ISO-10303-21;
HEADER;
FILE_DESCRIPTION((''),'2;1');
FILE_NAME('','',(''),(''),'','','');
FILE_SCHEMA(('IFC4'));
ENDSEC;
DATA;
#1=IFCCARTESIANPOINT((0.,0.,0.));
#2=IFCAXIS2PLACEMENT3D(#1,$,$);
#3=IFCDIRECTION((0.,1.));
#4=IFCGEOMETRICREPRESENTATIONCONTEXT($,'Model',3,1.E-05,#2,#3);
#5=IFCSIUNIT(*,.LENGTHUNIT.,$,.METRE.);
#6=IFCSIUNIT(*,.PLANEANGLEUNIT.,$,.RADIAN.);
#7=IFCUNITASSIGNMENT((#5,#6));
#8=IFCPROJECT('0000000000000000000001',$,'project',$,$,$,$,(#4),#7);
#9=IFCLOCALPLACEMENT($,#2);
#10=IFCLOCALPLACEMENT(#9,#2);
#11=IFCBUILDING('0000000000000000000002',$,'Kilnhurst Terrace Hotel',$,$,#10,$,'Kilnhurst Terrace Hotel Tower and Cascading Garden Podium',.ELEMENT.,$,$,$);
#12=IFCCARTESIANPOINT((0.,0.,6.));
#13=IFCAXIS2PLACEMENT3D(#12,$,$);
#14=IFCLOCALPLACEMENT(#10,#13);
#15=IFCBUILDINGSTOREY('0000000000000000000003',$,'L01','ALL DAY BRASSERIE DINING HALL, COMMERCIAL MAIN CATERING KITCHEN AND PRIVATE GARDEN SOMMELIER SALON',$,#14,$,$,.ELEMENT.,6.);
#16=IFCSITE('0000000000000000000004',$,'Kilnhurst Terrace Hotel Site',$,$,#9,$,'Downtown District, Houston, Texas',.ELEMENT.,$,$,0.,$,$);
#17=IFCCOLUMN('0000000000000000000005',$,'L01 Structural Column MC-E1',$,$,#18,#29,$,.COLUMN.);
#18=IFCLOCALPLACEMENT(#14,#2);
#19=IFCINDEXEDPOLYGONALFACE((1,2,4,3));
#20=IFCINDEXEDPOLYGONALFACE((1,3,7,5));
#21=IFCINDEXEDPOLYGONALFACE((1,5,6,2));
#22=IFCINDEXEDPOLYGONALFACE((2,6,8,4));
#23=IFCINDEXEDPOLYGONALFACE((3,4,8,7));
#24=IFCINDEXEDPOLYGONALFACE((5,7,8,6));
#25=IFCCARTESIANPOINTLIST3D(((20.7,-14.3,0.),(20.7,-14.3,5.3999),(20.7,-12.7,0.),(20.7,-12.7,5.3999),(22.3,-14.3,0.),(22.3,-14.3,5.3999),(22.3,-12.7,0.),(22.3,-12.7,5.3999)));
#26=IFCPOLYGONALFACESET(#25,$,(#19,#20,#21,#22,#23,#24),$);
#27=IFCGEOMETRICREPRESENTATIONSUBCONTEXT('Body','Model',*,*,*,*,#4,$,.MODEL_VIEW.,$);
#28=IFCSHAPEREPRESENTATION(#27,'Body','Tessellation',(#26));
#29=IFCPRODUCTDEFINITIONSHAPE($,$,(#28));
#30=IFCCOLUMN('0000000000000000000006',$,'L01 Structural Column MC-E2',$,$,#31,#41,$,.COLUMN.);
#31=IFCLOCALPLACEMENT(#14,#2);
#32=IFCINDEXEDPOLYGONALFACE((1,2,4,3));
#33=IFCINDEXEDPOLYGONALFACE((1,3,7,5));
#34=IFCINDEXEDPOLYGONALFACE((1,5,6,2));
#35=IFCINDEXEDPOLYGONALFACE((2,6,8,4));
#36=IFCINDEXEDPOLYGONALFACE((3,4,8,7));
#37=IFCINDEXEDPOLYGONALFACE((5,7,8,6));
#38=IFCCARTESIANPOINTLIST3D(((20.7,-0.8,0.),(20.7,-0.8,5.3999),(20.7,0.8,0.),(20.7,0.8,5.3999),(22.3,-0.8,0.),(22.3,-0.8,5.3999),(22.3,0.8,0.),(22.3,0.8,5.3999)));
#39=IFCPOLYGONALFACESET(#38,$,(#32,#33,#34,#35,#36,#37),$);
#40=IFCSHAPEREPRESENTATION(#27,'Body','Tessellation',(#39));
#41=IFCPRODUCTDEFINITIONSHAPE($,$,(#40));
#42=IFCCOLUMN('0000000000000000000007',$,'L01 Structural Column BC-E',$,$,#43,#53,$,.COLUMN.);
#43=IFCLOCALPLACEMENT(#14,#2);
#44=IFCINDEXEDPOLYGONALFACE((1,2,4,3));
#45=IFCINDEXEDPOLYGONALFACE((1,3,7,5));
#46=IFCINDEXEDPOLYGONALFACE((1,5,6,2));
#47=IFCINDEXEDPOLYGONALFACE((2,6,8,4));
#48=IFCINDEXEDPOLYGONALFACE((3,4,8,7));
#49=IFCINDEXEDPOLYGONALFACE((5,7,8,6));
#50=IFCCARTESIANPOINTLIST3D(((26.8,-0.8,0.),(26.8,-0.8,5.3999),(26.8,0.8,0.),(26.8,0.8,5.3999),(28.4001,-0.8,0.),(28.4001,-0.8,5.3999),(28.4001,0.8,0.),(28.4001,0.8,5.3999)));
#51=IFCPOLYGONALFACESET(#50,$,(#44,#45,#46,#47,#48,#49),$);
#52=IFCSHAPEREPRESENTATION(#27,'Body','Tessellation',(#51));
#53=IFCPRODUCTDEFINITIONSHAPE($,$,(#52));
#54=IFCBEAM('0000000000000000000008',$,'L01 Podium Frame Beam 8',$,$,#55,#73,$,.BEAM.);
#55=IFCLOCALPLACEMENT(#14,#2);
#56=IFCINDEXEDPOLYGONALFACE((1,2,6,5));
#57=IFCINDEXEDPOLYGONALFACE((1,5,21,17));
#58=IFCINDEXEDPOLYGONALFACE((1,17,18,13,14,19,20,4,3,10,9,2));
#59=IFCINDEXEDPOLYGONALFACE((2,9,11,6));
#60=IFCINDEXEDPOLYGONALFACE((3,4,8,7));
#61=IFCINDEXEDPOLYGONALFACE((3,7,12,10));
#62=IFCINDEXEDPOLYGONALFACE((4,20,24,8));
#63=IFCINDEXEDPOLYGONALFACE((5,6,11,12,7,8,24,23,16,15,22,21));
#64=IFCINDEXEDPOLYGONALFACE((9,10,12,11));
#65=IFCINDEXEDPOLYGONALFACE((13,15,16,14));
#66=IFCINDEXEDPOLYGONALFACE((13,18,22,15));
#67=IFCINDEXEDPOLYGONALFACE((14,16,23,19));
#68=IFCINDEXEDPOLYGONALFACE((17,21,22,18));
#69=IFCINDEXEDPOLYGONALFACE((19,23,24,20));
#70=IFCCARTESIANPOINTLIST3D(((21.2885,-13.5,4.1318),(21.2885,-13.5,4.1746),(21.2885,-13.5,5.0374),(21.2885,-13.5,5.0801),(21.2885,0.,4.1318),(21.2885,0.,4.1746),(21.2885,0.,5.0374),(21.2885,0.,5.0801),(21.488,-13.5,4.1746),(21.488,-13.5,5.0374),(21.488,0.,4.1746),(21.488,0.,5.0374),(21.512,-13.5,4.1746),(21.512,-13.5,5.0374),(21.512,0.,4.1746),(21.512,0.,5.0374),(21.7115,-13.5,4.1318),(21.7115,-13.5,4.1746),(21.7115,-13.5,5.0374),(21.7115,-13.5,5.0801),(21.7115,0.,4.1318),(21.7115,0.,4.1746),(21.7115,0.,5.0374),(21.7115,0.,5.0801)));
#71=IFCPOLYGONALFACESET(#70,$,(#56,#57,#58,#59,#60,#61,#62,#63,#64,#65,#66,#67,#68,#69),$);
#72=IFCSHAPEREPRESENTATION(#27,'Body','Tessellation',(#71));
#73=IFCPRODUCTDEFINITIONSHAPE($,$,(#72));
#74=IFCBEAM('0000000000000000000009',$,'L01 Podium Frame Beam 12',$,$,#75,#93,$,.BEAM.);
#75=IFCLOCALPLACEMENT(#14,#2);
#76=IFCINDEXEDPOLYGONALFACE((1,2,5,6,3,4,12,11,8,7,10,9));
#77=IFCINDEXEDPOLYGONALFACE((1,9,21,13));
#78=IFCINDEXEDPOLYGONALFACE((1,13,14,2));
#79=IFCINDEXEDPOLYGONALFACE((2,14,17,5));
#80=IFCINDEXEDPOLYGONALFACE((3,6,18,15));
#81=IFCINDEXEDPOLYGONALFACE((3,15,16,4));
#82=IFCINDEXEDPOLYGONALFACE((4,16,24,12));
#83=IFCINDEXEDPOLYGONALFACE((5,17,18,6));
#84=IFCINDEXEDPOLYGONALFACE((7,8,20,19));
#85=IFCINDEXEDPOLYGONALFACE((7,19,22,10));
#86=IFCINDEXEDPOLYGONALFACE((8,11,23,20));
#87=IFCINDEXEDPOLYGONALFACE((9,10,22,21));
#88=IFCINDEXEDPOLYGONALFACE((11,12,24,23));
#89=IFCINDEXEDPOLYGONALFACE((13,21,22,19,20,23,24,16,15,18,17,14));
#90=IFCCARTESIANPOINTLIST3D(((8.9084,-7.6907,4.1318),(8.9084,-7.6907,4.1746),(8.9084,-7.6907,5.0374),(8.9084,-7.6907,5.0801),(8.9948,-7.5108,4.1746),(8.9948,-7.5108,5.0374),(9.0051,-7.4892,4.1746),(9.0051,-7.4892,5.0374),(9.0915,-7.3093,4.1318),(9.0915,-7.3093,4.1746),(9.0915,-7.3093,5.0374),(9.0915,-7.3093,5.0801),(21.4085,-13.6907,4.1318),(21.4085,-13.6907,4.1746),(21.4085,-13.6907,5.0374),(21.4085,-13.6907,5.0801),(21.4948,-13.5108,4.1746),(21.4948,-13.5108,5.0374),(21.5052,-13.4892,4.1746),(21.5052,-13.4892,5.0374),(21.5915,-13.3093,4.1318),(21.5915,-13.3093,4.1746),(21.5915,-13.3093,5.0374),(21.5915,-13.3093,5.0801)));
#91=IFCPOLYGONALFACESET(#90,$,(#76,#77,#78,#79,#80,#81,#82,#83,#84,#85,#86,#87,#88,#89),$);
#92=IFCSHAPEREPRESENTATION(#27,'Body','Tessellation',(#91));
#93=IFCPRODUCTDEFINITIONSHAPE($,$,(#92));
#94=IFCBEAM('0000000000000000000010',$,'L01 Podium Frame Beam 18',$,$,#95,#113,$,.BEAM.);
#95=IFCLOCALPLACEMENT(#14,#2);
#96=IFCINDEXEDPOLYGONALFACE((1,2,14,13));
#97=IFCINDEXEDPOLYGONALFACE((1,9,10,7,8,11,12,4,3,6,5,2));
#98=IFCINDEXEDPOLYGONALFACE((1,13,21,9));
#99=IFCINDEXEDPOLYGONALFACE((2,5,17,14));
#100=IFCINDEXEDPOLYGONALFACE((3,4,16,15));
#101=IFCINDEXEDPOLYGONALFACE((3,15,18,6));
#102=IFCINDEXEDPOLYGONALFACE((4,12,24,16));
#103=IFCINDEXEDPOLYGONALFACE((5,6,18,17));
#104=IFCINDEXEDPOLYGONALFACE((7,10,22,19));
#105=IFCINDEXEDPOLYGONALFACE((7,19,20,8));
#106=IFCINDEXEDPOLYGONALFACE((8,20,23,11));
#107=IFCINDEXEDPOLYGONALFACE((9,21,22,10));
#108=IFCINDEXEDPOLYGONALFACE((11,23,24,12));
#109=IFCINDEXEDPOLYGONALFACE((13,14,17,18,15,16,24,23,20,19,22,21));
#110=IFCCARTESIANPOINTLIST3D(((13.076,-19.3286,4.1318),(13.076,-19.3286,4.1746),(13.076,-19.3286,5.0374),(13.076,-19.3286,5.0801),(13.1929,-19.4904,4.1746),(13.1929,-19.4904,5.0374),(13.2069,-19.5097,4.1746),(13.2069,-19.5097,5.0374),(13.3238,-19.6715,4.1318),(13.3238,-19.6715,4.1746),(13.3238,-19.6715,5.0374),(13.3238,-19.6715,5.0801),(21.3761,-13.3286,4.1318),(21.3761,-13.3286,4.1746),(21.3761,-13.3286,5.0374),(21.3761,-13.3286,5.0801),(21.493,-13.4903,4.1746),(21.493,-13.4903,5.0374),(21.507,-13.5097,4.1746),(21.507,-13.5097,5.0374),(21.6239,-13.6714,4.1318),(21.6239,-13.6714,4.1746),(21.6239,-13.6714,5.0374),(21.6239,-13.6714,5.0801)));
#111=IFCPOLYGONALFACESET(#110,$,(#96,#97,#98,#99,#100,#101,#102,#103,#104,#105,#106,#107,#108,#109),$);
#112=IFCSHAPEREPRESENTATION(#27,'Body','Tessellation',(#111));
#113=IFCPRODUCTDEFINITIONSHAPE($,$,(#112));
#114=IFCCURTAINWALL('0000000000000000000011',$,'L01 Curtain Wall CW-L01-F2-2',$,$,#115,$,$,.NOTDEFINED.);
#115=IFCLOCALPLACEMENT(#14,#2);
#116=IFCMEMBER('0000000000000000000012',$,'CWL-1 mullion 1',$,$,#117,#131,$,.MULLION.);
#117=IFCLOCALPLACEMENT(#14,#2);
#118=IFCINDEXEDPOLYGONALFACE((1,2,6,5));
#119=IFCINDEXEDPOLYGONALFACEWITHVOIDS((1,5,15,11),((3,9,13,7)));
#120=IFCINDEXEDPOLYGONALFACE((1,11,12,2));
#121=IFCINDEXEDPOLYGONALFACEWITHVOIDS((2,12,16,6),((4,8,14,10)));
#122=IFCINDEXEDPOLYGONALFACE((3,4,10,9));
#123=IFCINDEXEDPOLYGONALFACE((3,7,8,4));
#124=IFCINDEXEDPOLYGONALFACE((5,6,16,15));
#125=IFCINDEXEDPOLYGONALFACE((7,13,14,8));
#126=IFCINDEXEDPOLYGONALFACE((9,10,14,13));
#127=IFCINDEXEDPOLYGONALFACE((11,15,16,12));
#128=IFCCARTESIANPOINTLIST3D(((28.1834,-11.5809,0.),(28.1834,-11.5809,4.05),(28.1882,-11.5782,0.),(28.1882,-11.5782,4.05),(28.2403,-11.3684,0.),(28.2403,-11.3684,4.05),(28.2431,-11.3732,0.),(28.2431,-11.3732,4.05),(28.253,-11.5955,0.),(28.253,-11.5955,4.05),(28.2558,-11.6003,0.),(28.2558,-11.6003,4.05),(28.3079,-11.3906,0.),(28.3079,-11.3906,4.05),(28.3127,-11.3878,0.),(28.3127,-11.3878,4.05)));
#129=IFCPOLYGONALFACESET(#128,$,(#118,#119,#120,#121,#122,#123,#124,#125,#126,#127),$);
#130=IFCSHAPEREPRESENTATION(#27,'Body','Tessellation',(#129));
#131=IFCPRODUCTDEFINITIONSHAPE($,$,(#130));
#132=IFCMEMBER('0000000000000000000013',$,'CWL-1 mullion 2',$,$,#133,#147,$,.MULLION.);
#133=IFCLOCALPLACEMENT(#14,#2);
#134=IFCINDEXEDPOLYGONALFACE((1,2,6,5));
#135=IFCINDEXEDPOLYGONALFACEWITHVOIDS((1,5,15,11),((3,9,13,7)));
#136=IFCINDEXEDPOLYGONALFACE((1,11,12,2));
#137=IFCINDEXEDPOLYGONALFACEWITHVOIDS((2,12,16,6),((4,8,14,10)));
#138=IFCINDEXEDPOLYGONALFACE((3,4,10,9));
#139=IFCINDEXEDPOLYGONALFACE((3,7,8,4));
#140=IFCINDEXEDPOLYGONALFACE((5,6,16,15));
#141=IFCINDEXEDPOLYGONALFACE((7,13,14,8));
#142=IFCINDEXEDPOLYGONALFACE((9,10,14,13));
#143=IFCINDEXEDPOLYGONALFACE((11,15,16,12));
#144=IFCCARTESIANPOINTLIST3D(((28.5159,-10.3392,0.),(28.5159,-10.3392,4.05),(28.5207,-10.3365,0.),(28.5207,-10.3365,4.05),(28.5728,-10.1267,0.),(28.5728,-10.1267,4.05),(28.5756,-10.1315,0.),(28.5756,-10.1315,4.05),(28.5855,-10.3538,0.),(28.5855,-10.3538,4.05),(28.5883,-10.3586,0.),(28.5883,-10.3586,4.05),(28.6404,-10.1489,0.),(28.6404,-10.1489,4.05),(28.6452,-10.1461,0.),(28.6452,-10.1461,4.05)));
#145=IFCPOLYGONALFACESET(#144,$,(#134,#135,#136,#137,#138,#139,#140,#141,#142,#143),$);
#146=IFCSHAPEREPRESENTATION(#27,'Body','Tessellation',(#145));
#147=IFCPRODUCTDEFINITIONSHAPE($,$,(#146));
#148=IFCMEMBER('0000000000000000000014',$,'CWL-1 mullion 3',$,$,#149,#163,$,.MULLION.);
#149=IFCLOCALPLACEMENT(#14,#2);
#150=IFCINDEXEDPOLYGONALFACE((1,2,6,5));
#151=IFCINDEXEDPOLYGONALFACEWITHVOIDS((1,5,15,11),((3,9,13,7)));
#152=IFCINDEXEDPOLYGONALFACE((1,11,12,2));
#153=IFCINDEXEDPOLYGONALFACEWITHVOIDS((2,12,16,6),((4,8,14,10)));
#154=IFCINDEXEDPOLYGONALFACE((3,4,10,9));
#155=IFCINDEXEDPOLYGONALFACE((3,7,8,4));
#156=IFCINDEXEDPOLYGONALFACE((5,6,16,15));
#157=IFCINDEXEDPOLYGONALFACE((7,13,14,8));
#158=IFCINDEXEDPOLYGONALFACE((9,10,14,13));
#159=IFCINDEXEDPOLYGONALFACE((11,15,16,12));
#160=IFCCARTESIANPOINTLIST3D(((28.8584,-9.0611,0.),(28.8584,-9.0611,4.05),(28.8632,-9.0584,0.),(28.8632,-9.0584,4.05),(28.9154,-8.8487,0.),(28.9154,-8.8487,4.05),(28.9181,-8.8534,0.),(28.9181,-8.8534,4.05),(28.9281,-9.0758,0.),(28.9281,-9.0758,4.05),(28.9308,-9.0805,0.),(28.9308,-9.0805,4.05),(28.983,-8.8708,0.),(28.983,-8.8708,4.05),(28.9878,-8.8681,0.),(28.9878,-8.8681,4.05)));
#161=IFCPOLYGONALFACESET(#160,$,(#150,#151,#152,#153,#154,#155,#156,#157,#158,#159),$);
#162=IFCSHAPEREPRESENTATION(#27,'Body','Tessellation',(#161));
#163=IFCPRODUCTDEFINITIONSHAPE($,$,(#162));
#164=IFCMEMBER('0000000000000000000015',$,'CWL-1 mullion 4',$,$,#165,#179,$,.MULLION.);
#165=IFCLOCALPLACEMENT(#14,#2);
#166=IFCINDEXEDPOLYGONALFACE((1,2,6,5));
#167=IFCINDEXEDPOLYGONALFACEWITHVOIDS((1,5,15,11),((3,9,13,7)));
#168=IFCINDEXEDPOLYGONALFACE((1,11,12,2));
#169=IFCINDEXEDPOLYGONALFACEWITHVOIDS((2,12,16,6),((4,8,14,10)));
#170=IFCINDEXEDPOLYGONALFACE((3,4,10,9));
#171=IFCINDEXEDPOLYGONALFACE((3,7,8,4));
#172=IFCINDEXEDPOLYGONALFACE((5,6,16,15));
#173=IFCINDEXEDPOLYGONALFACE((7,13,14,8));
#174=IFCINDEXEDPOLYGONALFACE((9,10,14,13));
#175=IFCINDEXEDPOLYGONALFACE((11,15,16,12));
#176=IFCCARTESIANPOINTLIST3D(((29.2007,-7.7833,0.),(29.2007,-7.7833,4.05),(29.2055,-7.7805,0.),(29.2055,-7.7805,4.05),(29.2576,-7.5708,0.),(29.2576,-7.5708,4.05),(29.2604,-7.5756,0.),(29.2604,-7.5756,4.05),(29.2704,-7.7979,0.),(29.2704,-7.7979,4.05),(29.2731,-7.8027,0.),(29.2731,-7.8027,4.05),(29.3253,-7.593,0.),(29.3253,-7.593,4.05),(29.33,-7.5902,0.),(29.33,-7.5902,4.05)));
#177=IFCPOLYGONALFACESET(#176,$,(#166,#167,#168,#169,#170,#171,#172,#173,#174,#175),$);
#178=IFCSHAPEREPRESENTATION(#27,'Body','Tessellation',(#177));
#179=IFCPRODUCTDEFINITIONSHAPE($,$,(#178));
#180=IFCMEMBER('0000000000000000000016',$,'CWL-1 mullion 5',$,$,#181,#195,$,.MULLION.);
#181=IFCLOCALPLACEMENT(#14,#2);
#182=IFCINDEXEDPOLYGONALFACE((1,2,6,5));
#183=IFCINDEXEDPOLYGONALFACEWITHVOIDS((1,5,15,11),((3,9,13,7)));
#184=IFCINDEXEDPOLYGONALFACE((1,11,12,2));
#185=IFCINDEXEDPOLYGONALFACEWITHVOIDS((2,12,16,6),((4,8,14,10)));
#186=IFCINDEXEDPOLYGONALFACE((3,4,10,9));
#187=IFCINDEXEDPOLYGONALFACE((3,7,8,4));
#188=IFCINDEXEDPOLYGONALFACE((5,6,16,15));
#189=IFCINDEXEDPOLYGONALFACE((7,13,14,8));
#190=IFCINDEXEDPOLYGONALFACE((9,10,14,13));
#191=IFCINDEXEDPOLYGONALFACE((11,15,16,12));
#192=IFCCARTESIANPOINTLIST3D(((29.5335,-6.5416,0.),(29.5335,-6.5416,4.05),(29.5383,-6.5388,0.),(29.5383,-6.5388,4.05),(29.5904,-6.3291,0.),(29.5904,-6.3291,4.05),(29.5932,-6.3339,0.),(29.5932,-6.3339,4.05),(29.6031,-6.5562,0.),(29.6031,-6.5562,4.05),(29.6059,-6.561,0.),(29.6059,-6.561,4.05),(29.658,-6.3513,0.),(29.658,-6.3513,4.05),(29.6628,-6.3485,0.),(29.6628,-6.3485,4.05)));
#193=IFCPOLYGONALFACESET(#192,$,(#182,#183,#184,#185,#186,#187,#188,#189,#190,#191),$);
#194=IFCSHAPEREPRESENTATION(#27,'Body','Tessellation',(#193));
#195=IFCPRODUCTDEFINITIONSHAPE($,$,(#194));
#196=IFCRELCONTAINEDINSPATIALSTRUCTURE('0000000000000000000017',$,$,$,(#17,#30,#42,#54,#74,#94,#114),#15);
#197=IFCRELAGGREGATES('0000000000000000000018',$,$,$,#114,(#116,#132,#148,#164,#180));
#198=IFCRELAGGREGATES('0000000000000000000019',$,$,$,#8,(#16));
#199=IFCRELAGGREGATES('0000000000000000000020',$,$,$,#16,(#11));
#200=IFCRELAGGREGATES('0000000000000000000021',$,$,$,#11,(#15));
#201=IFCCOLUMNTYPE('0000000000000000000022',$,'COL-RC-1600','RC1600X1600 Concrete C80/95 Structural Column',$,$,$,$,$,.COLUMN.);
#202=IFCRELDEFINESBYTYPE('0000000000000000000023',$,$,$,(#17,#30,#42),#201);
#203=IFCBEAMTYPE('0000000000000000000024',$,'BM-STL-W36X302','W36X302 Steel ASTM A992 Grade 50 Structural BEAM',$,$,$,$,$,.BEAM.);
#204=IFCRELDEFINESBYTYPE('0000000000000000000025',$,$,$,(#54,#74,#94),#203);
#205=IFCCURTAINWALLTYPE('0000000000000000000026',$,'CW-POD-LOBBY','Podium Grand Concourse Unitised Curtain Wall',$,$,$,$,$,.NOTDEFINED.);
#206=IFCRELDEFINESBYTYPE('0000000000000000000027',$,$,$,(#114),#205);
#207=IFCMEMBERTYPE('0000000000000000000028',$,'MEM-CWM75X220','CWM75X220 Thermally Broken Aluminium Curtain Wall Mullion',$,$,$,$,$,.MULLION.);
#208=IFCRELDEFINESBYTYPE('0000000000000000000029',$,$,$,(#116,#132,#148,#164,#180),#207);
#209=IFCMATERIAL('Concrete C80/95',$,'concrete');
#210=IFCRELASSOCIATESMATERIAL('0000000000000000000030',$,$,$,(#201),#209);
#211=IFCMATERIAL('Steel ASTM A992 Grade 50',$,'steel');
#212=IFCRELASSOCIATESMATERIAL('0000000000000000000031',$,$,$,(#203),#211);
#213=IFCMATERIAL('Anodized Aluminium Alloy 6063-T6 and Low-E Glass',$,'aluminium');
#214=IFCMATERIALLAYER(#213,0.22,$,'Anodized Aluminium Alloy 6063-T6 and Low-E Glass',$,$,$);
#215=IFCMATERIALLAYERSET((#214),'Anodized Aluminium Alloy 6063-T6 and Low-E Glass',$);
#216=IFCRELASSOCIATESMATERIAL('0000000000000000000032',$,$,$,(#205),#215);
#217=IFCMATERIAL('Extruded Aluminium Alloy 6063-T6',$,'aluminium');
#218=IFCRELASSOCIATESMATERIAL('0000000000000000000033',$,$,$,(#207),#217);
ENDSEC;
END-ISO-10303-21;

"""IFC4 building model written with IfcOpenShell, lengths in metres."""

from ifc_helpers import new_model, si_unit, direction, frame, origin, origin_2d, place, context, subcontext, project, spatial, rectangle, hollow_rectangle, i_section, extrude, material, layer, layer_set, material_profile, profile_set, type_object, element, aggregate, save


model = new_model("IFC4")

# Units and contexts
model_context = context("Model", 3, precision=1e-05, world=origin(), true_north=direction((0.0, 1.0)))
body_context = subcontext(model_context, "Body", "Model", "MODEL_VIEW")
ifc_project = project(units=[si_unit("LENGTHUNIT", "METRE"), si_unit("PLANEANGLEUNIT", "RADIAN")], contexts=[model_context])

# Site, building, storey
site_placement = place(None, origin())
site = spatial("IfcSite", under=ifc_project, at=site_placement, Name="Kilnhurst Terrace Hotel Site", LongName="Downtown District, Houston, Texas", CompositionType="ELEMENT", RefElevation=0.0)
building_placement = place(site_placement, origin())
building = spatial("IfcBuilding", under=site, at=building_placement, Name="Kilnhurst Terrace Hotel", LongName="Kilnhurst Terrace Hotel Tower and Cascading Garden Podium", CompositionType="ELEMENT")
storey_placement = place(building_placement, frame((0.0, 0.0, 6.0)))
storey = spatial("IfcBuildingStorey", under=building, at=storey_placement, Name="L01", Description="ALL DAY BRASSERIE DINING HALL, COMMERCIAL MAIN CATERING KITCHEN AND PRIVATE GARDEN SOMMELIER SALON", CompositionType="ELEMENT", Elevation=6.0)

# Columns
ifc_material_1 = material(Name="Concrete C80/95", Category="concrete")
ifc_material_profile_1 = material_profile(ifc_material_1, rectangle(XDim=1.6001, YDim=1.6001, at=origin_2d()), Name="RC1600X1600")
ifc_profile_set_1 = profile_set([ifc_material_profile_1], Name="Concrete C80/95")
column_type = type_object("IfcColumnType", Name="COL-RC-1600", Description="RC1600X1600 Concrete C80/95 Structural Column", PredefinedType="COLUMN", material=ifc_profile_set_1)
for number, where, z_axis, x_axis, name in (
    (1, (21.5, -13.5, 0.0), (0.0, 0.0, 1.0), (1.0, 0.0, 0.0), "L01 Structural Column MC-E1"),
    (2, (21.5, 0.0, 0.0), (0.0, 0.0, 1.0), (1.0, 0.0, 0.0), "L01 Structural Column MC-E2"),
    (3, (27.6001, 0.0, 0.0), (0.0, 0.0, 1.0), (1.0, 0.0, 0.0), "L01 Structural Column BC-E"),
):
    element("IfcColumn", number, at=place(storey_placement, frame(where, z_axis=z_axis, x_axis=x_axis)), inside=storey, type_object=column_type, Name=name, PredefinedType="COLUMN", context=body_context, shape_type="SweptSolid", body=[
        extrude(rectangle(XDim=1.6001, YDim=1.6001, at=origin_2d()), origin(), (0.0, 0.0, 1.0), 5.3999),
    ])

# Beams
ifc_material_2 = material(Name="Steel ASTM A992 Grade 50", Category="steel")
ifc_material_profile_2 = material_profile(ifc_material_2, i_section(OverallWidth=0.4231, OverallDepth=0.9482, WebThickness=0.0239, FlangeThickness=0.0427, at=origin_2d()), Name="W36X302")
ifc_profile_set_2 = profile_set([ifc_material_profile_2], Name="Steel ASTM A992 Grade 50")
beam_type = type_object("IfcBeamType", Name="BM-STL-W36X302", Description="W36X302 Steel ASTM A992 Grade 50 Structural BEAM", PredefinedType="BEAM", material=ifc_profile_set_2)
beam_1_placement = place(storey_placement, frame((21.5, 0.0, 4.606), z_axis=(0.0, -1.0, 0.0), x_axis=(1.0, 0.0, 0.0)))
element("IfcBeam", 4, at=beam_1_placement, inside=storey, type_object=beam_type, Name="L01 Podium Frame Beam 8", PredefinedType="BEAM", context=body_context, shape_type="SweptSolid", body=[
    extrude(i_section(OverallWidth=0.4231, OverallDepth=0.9482, WebThickness=0.0239, FlangeThickness=0.0427, at=origin_2d()), origin(), (0.0, 0.0, 1.0), 13.5),
])
beam_2_placement = place(storey_placement, frame((21.5, -13.5, 4.606), z_axis=(-0.901523, 0.432731, 0.0), x_axis=(-0.432731, -0.901523, 0.0)))
element("IfcBeam", 5, at=beam_2_placement, inside=storey, type_object=beam_type, Name="L01 Podium Frame Beam 12", PredefinedType="BEAM", context=body_context, shape_type="SweptSolid", body=[
    extrude(i_section(OverallWidth=0.4231, OverallDepth=0.9482, WebThickness=0.0239, FlangeThickness=0.0427, at=origin_2d()), origin(), (0.0, 0.0, 1.0), 13.8655),
])
beam_3_placement = place(storey_placement, frame((21.5, -13.5, 4.606), z_axis=(-0.810423, -0.585845, 0.0), x_axis=(0.585845, -0.810423, 0.0)))
element("IfcBeam", 6, at=beam_3_placement, inside=storey, type_object=beam_type, Name="L01 Podium Frame Beam 18", PredefinedType="BEAM", context=body_context, shape_type="SweptSolid", body=[
    extrude(i_section(OverallWidth=0.4231, OverallDepth=0.9482, WebThickness=0.0239, FlangeThickness=0.0427, at=origin_2d()), origin(), (0.0, 0.0, 1.0), 10.2417),
])

# Curtain wall, members
ifc_material_3 = material(Name="Anodized Aluminium Alloy 6063-T6 and Low-E Glass", Category="aluminium")
ifc_layer_1 = layer(ifc_material_3, 0.22, Name="Anodized Aluminium Alloy 6063-T6 and Low-E Glass")
ifc_layer_set_1 = layer_set([ifc_layer_1], Name="Anodized Aluminium Alloy 6063-T6 and Low-E Glass")
curtain_wall_type = type_object("IfcCurtainWallType", Name="CW-POD-LOBBY", Description="Podium Grand Concourse Unitised Curtain Wall", PredefinedType="NOTDEFINED", material=ifc_layer_set_1)
curtain_wall_placement = place(storey_placement, origin())
curtain_wall = element("IfcCurtainWall", 7, at=curtain_wall_placement, inside=storey, type_object=curtain_wall_type, Name="L01 Curtain Wall CW-L01-F2-2", PredefinedType="NOTDEFINED")
ifc_material_4 = material(Name="Extruded Aluminium Alloy 6063-T6", Category="aluminium")
ifc_material_profile_3 = material_profile(ifc_material_4, hollow_rectangle(XDim=0.075, YDim=0.22, WallThickness=0.0039, at=origin_2d()), Name="CWM75X220")
ifc_profile_set_3 = profile_set([ifc_material_profile_3], Name="Extruded Aluminium Alloy 6063-T6")
member_type_1 = type_object("IfcMemberType", Name="MEM-CWM75X220", Description="CWM75X220 Thermally Broken Aluminium Curtain Wall Mullion", PredefinedType="MULLION", material=ifc_profile_set_3)
member_1_placement = place(storey_placement, frame((28.248, -11.4844, 0.0), z_axis=(0.0, 0.0, 1.0), x_axis=(-0.965934, 0.258788, 0.0)))
member_1 = element("IfcMember", 8, at=member_1_placement, type_object=member_type_1, Name="CWL-1 mullion 1", PredefinedType="MULLION", context=body_context, shape_type="SweptSolid", body=[
    extrude(hollow_rectangle(XDim=0.075, YDim=0.22, WallThickness=0.0039, at=origin_2d()), origin(), (0.0, 0.0, 1.0), 4.05),
])
member_2_placement = place(storey_placement, frame((28.5806, -10.2427, 0.0), z_axis=(0.0, 0.0, 1.0), x_axis=(-0.965934, 0.258788, 0.0)))
member_2 = element("IfcMember", 9, at=member_2_placement, type_object=member_type_1, Name="CWL-1 mullion 2", PredefinedType="MULLION", context=body_context, shape_type="SweptSolid", body=[
    extrude(hollow_rectangle(XDim=0.075, YDim=0.22, WallThickness=0.0039, at=origin_2d()), origin(), (0.0, 0.0, 1.0), 4.05),
])
member_3_placement = place(storey_placement, frame((28.9231, -8.9646, 0.0), z_axis=(0.0, 0.0, 1.0), x_axis=(-0.965934, 0.258788, 0.0)))
member_3 = element("IfcMember", 10, at=member_3_placement, type_object=member_type_1, Name="CWL-1 mullion 3", PredefinedType="MULLION", context=body_context, shape_type="SweptSolid", body=[
    extrude(hollow_rectangle(XDim=0.075, YDim=0.22, WallThickness=0.0039, at=origin_2d()), origin(), (0.0, 0.0, 1.0), 4.05),
])
member_4_placement = place(storey_placement, frame((29.2654, -7.6868, 0.0), z_axis=(0.0, 0.0, 1.0), x_axis=(-0.965934, 0.258788, 0.0)))
member_4 = element("IfcMember", 11, at=member_4_placement, type_object=member_type_1, Name="CWL-1 mullion 4", PredefinedType="MULLION", context=body_context, shape_type="SweptSolid", body=[
    extrude(hollow_rectangle(XDim=0.075, YDim=0.22, WallThickness=0.0039, at=origin_2d()), origin(), (0.0, 0.0, 1.0), 4.05),
])
member_5_placement = place(storey_placement, frame((29.5981, -6.4451, 0.0), z_axis=(0.0, 0.0, 1.0), x_axis=(-0.965934, 0.258788, 0.0)))
member_5 = element("IfcMember", 12, at=member_5_placement, type_object=member_type_1, Name="CWL-1 mullion 5", PredefinedType="MULLION", context=body_context, shape_type="SweptSolid", body=[
    extrude(hollow_rectangle(XDim=0.075, YDim=0.22, WallThickness=0.0039, at=origin_2d()), origin(), (0.0, 0.0, 1.0), 4.05),
])
aggregate(curtain_wall, [member_1, member_2, member_3, member_4, member_5])

save(model, "model.ifc")
